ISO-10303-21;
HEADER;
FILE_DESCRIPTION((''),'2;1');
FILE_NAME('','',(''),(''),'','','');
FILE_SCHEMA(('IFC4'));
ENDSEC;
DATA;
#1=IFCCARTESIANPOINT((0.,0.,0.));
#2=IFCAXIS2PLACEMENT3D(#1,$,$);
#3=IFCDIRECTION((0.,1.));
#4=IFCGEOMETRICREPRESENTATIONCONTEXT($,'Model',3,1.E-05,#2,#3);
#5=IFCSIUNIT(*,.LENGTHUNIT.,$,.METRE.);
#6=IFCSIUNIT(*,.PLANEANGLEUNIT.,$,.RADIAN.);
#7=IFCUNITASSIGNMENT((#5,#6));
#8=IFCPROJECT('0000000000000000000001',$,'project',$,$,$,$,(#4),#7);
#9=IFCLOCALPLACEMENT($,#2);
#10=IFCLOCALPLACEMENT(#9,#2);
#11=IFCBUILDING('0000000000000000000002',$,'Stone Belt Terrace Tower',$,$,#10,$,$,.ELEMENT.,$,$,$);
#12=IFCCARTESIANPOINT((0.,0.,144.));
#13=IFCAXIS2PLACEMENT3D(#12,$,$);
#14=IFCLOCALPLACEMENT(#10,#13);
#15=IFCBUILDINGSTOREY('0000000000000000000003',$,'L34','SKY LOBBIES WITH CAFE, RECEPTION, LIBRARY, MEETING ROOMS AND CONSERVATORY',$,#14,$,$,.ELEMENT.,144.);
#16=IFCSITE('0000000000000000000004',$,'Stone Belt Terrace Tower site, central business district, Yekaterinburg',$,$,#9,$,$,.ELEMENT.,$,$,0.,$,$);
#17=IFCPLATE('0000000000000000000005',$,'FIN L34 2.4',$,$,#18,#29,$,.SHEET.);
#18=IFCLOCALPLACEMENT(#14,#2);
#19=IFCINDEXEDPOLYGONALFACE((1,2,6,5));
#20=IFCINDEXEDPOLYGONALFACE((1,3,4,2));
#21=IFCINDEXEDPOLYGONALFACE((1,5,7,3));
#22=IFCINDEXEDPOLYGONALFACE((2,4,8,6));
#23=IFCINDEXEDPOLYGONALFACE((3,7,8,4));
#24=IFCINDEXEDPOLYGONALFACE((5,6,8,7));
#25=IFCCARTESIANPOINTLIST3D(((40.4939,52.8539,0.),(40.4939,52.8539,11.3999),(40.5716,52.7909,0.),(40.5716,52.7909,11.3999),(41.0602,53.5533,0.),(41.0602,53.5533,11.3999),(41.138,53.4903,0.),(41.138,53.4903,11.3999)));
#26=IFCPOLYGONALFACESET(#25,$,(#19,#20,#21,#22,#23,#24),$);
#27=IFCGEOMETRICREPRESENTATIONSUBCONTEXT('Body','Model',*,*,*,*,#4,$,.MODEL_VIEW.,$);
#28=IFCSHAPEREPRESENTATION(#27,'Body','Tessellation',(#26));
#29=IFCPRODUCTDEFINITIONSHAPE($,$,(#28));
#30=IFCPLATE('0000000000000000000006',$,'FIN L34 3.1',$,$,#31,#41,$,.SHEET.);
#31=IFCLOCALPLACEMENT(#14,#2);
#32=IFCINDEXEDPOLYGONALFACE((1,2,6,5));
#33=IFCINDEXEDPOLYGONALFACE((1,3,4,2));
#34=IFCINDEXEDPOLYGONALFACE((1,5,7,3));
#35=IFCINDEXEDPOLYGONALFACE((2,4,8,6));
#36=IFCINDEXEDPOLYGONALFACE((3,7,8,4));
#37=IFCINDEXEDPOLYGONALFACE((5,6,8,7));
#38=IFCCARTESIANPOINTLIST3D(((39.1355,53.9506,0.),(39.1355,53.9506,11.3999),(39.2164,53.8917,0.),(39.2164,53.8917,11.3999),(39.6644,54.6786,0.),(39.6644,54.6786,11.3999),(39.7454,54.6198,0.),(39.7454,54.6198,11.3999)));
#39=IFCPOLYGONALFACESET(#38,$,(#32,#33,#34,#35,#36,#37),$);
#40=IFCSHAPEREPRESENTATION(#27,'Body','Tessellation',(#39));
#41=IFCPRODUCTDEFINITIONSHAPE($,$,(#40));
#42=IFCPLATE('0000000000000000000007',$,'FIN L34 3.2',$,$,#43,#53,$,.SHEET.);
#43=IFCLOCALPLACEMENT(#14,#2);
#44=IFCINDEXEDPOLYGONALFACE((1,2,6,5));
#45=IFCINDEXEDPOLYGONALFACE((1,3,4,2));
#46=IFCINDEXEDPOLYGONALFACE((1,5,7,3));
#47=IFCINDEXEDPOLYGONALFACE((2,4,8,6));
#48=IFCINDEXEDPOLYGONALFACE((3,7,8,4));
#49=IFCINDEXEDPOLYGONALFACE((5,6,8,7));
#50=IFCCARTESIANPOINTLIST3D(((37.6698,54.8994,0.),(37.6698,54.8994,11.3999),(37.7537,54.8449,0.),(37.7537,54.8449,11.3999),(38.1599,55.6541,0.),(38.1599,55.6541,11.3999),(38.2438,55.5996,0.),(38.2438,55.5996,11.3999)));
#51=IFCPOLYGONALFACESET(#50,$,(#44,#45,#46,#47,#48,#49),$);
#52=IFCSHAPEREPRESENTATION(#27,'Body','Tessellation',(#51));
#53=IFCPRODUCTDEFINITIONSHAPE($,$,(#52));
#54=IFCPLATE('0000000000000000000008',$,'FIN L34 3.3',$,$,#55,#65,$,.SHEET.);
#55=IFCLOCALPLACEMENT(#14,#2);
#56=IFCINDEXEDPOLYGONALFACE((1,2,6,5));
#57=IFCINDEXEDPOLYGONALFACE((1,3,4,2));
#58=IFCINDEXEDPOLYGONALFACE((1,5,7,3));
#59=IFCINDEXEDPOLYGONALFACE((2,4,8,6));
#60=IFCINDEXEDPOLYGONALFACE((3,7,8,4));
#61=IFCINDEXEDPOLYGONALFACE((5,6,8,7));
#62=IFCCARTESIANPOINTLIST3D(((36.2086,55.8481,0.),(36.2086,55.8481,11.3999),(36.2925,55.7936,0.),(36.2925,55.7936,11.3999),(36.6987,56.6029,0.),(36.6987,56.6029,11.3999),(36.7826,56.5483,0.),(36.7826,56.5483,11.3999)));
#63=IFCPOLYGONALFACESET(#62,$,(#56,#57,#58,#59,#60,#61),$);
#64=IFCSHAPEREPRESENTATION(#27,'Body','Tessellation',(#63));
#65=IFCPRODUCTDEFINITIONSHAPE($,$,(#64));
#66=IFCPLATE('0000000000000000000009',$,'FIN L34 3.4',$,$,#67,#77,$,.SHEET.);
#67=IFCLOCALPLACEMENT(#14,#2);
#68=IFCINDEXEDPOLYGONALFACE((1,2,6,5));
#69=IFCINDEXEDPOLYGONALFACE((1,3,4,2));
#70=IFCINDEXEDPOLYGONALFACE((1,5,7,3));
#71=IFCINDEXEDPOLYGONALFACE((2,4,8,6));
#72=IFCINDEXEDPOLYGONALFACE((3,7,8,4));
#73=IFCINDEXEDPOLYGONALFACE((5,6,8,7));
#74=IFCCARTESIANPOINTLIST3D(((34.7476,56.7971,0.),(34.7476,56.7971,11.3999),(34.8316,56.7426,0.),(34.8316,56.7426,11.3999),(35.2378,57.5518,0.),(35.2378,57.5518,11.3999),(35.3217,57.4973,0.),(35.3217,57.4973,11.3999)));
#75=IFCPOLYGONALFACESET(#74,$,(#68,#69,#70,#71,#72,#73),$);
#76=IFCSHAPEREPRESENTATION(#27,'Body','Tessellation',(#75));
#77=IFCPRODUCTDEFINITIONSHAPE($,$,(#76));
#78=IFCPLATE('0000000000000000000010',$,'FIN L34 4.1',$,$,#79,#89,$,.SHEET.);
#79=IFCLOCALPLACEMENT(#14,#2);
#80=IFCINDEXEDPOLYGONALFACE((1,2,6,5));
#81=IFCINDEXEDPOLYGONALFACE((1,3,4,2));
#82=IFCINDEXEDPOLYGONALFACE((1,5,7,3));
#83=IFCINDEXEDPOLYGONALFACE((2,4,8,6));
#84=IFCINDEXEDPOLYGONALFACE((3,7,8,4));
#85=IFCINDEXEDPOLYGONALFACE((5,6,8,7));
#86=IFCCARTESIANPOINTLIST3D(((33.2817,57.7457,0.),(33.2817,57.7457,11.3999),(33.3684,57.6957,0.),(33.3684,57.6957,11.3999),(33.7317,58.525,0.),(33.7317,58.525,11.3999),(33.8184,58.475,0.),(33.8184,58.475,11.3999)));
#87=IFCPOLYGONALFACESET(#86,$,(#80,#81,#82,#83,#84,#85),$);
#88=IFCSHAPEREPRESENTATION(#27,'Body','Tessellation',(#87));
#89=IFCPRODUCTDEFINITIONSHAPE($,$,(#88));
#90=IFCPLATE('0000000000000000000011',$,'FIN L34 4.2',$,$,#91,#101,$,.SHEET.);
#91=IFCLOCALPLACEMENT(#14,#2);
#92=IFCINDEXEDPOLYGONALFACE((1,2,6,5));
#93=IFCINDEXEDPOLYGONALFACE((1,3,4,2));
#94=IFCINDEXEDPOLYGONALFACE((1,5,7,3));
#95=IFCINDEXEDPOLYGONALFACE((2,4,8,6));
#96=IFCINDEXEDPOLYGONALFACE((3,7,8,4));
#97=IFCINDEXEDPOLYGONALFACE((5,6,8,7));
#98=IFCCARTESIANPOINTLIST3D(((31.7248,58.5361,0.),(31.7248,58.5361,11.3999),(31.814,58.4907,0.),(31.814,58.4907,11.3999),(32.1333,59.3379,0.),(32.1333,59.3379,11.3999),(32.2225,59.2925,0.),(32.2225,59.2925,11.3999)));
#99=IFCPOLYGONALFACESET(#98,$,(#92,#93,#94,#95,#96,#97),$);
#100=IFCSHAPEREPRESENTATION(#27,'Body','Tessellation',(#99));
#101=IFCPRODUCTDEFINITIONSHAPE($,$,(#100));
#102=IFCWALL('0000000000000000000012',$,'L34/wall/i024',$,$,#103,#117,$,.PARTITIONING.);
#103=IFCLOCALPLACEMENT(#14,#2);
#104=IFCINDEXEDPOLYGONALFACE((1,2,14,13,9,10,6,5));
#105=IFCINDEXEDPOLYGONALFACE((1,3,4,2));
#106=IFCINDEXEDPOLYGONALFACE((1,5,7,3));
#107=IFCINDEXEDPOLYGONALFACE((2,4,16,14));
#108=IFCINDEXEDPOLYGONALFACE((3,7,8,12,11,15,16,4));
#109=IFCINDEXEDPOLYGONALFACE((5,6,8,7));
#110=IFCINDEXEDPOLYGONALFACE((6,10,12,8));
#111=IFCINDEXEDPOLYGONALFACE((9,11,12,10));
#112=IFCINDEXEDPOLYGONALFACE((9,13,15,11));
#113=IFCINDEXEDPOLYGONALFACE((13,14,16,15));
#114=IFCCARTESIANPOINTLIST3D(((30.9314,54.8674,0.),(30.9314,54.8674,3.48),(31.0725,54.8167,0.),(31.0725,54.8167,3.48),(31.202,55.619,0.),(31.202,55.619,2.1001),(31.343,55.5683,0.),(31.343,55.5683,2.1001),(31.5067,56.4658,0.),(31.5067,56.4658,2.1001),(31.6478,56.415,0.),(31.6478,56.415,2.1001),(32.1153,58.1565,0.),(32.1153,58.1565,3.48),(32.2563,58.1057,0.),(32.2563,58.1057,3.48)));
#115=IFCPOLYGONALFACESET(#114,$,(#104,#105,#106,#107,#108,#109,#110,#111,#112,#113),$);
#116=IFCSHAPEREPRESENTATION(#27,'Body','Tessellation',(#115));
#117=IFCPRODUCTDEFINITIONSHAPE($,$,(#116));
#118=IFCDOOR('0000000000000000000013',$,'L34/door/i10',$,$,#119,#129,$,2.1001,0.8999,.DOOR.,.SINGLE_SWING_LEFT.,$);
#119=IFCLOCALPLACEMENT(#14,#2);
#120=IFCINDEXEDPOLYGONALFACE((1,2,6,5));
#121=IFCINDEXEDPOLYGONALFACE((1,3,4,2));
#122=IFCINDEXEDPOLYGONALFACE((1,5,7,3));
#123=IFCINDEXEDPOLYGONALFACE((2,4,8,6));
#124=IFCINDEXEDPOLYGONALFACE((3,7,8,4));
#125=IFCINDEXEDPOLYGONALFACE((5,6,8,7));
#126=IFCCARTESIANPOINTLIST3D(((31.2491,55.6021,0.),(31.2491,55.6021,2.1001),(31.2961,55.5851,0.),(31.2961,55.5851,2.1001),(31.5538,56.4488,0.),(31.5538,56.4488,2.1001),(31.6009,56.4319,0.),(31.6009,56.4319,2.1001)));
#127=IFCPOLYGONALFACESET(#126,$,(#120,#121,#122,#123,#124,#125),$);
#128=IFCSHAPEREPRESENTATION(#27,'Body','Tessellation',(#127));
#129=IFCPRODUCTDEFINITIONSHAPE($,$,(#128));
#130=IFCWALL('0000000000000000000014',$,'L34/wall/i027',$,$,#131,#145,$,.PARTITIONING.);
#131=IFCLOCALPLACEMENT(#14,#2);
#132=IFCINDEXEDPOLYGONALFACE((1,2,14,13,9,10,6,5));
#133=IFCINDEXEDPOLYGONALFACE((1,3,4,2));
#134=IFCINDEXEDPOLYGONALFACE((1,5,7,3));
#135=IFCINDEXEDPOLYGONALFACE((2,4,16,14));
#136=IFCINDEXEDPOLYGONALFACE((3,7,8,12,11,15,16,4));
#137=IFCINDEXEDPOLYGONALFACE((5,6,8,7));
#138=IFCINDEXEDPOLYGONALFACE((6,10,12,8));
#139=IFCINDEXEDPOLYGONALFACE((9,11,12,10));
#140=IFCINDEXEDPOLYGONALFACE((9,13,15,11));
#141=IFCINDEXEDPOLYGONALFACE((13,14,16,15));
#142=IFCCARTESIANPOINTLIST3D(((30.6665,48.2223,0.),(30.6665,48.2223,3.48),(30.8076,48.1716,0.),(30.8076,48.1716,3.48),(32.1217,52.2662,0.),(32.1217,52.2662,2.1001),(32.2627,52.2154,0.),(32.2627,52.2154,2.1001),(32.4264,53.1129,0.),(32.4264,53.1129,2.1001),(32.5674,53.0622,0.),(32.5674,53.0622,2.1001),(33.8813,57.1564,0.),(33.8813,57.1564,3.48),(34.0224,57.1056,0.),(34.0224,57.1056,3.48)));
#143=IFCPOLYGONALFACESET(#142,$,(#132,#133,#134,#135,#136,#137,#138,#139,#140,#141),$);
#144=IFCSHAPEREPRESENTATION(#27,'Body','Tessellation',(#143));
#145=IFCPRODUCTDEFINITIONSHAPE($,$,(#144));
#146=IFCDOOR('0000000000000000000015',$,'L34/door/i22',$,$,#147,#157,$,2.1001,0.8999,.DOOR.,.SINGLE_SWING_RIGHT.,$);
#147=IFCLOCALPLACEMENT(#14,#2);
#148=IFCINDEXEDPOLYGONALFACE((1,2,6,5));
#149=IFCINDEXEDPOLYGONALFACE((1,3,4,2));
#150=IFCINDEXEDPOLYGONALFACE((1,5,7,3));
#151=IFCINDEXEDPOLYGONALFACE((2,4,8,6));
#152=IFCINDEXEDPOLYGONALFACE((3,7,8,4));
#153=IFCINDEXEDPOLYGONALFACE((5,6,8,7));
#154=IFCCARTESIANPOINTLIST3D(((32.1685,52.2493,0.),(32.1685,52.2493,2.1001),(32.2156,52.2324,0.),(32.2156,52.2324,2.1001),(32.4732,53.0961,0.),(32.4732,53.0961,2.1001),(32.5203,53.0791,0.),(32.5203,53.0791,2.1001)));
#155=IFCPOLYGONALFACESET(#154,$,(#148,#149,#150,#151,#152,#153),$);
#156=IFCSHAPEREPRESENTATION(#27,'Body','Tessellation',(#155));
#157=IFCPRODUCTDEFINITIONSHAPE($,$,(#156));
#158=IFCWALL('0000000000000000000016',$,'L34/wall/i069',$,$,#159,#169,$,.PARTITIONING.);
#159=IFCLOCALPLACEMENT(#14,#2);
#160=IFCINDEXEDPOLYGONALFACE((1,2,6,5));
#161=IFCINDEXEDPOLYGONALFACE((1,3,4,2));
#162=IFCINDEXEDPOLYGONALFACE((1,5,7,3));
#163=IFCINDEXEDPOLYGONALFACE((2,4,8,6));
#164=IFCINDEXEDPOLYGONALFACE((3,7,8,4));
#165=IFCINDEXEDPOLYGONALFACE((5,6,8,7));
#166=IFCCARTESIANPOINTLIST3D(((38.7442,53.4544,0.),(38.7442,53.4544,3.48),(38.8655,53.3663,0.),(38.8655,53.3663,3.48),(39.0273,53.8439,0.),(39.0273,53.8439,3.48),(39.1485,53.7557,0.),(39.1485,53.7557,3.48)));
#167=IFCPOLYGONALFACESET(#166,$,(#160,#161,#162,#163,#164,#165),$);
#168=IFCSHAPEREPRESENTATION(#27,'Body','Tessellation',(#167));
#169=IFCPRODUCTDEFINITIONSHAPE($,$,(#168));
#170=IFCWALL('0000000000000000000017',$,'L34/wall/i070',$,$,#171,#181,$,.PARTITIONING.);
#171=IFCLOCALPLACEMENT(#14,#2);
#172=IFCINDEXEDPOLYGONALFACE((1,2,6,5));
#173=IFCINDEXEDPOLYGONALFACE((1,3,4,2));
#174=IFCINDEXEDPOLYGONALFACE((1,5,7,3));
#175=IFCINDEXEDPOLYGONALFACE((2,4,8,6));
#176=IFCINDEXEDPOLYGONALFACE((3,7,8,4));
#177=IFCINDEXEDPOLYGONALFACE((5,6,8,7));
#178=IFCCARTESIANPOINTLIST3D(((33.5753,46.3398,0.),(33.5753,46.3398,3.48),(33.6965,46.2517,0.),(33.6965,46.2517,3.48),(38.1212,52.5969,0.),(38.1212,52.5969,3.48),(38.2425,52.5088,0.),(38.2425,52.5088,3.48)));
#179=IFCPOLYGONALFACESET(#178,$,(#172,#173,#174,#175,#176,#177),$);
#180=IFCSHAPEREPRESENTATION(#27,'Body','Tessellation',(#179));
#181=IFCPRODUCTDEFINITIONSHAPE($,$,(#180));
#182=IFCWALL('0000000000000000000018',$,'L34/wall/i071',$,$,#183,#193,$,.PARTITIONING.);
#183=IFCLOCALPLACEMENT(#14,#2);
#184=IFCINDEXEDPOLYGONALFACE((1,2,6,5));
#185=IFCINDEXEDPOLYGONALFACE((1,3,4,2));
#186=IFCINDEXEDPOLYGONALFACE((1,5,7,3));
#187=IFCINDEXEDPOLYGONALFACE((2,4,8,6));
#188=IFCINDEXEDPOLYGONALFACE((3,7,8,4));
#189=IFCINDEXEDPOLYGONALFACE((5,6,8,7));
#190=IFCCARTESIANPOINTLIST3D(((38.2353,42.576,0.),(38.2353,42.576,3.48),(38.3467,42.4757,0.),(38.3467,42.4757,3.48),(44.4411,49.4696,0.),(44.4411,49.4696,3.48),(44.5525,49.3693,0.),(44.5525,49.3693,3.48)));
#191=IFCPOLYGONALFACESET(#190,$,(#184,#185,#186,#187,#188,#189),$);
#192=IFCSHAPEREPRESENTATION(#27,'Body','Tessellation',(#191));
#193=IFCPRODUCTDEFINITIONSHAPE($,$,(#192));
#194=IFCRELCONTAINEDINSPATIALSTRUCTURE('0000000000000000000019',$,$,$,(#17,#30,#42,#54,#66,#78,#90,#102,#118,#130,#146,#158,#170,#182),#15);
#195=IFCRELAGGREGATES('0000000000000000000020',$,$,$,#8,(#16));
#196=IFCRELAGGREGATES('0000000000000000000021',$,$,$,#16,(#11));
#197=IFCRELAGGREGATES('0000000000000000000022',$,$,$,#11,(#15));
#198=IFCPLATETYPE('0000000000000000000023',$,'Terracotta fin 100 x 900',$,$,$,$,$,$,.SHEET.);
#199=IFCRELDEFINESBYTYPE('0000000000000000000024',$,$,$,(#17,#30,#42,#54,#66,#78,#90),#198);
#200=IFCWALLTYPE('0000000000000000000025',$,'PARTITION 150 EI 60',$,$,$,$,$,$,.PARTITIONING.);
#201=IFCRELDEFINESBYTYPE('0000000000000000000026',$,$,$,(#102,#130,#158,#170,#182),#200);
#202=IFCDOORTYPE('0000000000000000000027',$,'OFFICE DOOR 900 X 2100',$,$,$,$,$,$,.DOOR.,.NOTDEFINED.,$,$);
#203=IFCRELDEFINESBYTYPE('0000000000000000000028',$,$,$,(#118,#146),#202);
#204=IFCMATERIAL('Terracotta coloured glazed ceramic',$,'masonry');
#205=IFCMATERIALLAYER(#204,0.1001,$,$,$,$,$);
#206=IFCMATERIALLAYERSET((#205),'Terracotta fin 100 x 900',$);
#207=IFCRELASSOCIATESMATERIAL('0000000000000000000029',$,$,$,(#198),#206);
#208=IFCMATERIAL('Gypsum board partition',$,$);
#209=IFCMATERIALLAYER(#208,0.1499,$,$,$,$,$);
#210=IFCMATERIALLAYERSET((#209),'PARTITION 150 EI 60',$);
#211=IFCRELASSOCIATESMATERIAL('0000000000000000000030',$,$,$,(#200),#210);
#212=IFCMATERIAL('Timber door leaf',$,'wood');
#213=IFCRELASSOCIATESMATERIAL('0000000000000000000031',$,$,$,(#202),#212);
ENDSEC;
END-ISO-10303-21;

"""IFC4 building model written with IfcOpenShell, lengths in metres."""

from ifc_helpers import new_model, si_unit, direction, frame, frame_2d, origin, origin_2d, place, context, subcontext, project, spatial, rectangle, extrude, material, layer, layer_set, type_object, element, fill, save


model = new_model("IFC4")

# Units and contexts
model_context = context("Model", 3, precision=1e-05, world=origin(), true_north=direction((0.0, 1.0)))
body_context = subcontext(model_context, "Body", "Model", "MODEL_VIEW")
ifc_project = project(units=[si_unit("LENGTHUNIT", "METRE"), si_unit("PLANEANGLEUNIT", "RADIAN")], contexts=[model_context])

# Site, building, storey
site_placement = place(None, origin())
site = spatial("IfcSite", under=ifc_project, at=site_placement, Name="Stone Belt Terrace Tower site, central business district, Yekaterinburg", CompositionType="ELEMENT", RefElevation=0.0)
building_placement = place(site_placement, origin())
building = spatial("IfcBuilding", under=site, at=building_placement, Name="Stone Belt Terrace Tower", CompositionType="ELEMENT")
storey_placement = place(building_placement, frame((0.0, 0.0, 144.0)))
storey = spatial("IfcBuildingStorey", under=building, at=storey_placement, Name="L34", Description="SKY LOBBIES WITH CAFE, RECEPTION, LIBRARY, MEETING ROOMS AND CONSERVATORY", CompositionType="ELEMENT", Elevation=144.0)

# Plates
ifc_material_1 = material(Name="Terracotta coloured glazed ceramic", Category="masonry")
ifc_layer_1 = layer(ifc_material_1, 0.1001)
ifc_layer_set_1 = layer_set([ifc_layer_1], Name="Terracotta fin 100 x 900")
plate_type_1 = type_object("IfcPlateType", Name="Terracotta fin 100 x 900", PredefinedType="SHEET", material=ifc_layer_set_1)
for number, where, z_axis, x_axis, name in (
    (1, (40.8159, 53.1721, 0.0), (0.0, 0.0, 1.0), (0.62932, 0.777146, 0.0), "FIN L34 2.4"),
    (2, (39.4404, 54.2852, 0.0), (0.0, 0.0, 1.0), (0.587785, 0.809017, 0.0), "FIN L34 3.1"),
    (3, (37.9568, 55.2495, 0.0), (0.0, 0.0, 1.0), (0.544639, 0.838671, 0.0), "FIN L34 3.2"),
    (4, (36.4956, 56.1982, 0.0), (0.0, 0.0, 1.0), (0.544639, 0.838671, 0.0), "FIN L34 3.3"),
    (5, (35.0347, 57.1472, 0.0), (0.0, 0.0, 1.0), (0.544639, 0.838671, 0.0), "FIN L34 3.4"),
    (6, (33.55, 58.1104, 0.0), (0.0, 0.0, 1.0), (0.5, 0.866025, 0.0), "FIN L34 4.1"),
    (7, (31.9736, 58.9143, 0.0), (0.0, 0.0, 1.0), (0.45399, 0.891007, 0.0), "FIN L34 4.2"),
):
    element("IfcPlate", number, at=place(storey_placement, frame(where, z_axis=z_axis, x_axis=x_axis)), inside=storey, type_object=plate_type_1, Name=name, PredefinedType="SHEET", context=body_context, shape_type="SweptSolid", body=[
        extrude(rectangle(XDim=0.8999, YDim=0.1001, at=origin_2d()), origin(), (0.0, 0.0, 1.0), 11.3999),
    ])

# Walls, openings, doors
ifc_material_2 = material(Name="Gypsum board partition")
ifc_layer_2 = layer(ifc_material_2, 0.1499)
ifc_layer_set_2 = layer_set([ifc_layer_2], Name="PARTITION 150 EI 60")
wall_type = type_object("IfcWallType", Name="PARTITION 150 EI 60", PredefinedType="PARTITIONING", material=ifc_layer_set_2)
wall_1_placement = place(storey_placement, frame((31.002, 54.842, 0.0), z_axis=(0.0, 0.0, 1.0), x_axis=(0.338663, 0.940908, 0.0)))
wall_1 = element("IfcWall", 8, at=wall_1_placement, inside=storey, type_object=wall_type, Name="L34/wall/i024", PredefinedType="PARTITIONING", context=body_context, shape_type="SweptSolid", body=[
    extrude(rectangle(XDim=3.4956, YDim=0.1499, at=frame_2d((1.7478, 0.0))), origin(), (0.0, 0.0, 1.0), 3.48),
])
opening_1_placement = place(wall_1_placement, frame((0.7988, 0.0, 0.0)))
opening_1 = element("IfcOpeningElement", 9, at=opening_1_placement, cuts=wall_1, PredefinedType="OPENING", context=body_context, shape_type="SweptSolid", body=[
    extrude(rectangle(XDim=0.8999, YDim=2.1001, at=frame_2d((0.45, 1.05))), frame((0.0, 0.085, 0.0), z_axis=(0.0, -1.0, 0.0), x_axis=(1.0, 0.0, 0.0)), (0.0, 0.0, 1.0), 0.1699),
])
ifc_material_3 = material(Name="Timber door leaf", Category="wood")
door_type = type_object("IfcDoorType", Name="OFFICE DOOR 900 X 2100", OperationType="NOTDEFINED", PredefinedType="DOOR", material=ifc_material_3)
door_1_placement = place(opening_1_placement, origin())
door_1 = element("IfcDoor", 10, at=door_1_placement, inside=storey, type_object=door_type, Name="L34/door/i10", OperationType="SINGLE_SWING_LEFT", OverallHeight=2.1001, OverallWidth=0.8999, PredefinedType="DOOR", context=body_context, shape_type="SweptSolid", body=[
    extrude(rectangle(XDim=0.8999, YDim=2.1001, at=frame_2d((0.45, 1.05))), frame((0.0, 0.0249, 0.0), z_axis=(0.0, -1.0, 0.0), x_axis=(1.0, 0.0, 0.0)), (0.0, 0.0, 1.0), 0.05),
])
fill(opening_1, door_1)
wall_2_placement = place(storey_placement, frame((33.9519, 57.1311, 0.0), z_axis=(0.0, 0.0, 1.0), x_axis=(-0.338587, -0.940935, 0.0)))
wall_2 = element("IfcWall", 11, at=wall_2_placement, inside=storey, type_object=wall_type, Name="L34/wall/i027", PredefinedType="PARTITIONING", context=body_context, shape_type="SweptSolid", body=[
    extrude(rectangle(XDim=9.4949, YDim=0.1499, at=frame_2d((4.7476, 0.0))), origin(), (0.0, 0.0, 1.0), 3.48),
])
opening_2_placement = place(wall_2_placement, frame((4.2974, 0.0, 0.0)))
opening_2 = element("IfcOpeningElement", 12, at=opening_2_placement, cuts=wall_2, PredefinedType="OPENING", context=body_context, shape_type="SweptSolid", body=[
    extrude(rectangle(XDim=0.8999, YDim=2.1001, at=frame_2d((0.45, 1.05))), frame((0.0, 0.085, 0.0), z_axis=(0.0, -1.0, 0.0), x_axis=(1.0, 0.0, 0.0)), (0.0, 0.0, 1.0), 0.1699),
])
door_2_placement = place(opening_2_placement, origin())
door_2 = element("IfcDoor", 13, at=door_2_placement, inside=storey, type_object=door_type, Name="L34/door/i22", OperationType="SINGLE_SWING_RIGHT", OverallHeight=2.1001, OverallWidth=0.8999, PredefinedType="DOOR", context=body_context, shape_type="SweptSolid", body=[
    extrude(rectangle(XDim=0.8999, YDim=2.1001, at=frame_2d((0.45, 1.05))), frame((0.0, 0.0249, 0.0), z_axis=(0.0, -1.0, 0.0), x_axis=(1.0, 0.0, 0.0)), (0.0, 0.0, 1.0), 0.05),
])
fill(opening_2, door_2)

# Walls
wall_3_placement = place(storey_placement, frame((39.0879, 53.7998, 0.0), z_axis=(0.0, 0.0, 1.0), x_axis=(-0.58784, -0.808977, 0.0)))
element("IfcWall", 14, at=wall_3_placement, inside=storey, type_object=wall_type, Name="L34/wall/i069", PredefinedType="PARTITIONING", context=body_context, shape_type="SweptSolid", body=[
    extrude(rectangle(XDim=0.4814, YDim=0.1499, at=frame_2d((0.2407, 0.0))), origin(), (0.0, 0.0, 1.0), 3.48),
])
wall_4_placement = place(storey_placement, frame((38.1819, 52.553, 0.0), z_axis=(0.0, 0.0, 1.0), x_axis=(-0.587774, -0.809025, 0.0)))
element("IfcWall", 15, at=wall_4_placement, inside=storey, type_object=wall_type, Name="L34/wall/i070", PredefinedType="PARTITIONING", context=body_context, shape_type="SweptSolid", body=[
    extrude(rectangle(XDim=7.7341, YDim=0.1499, at=frame_2d((3.8672, 0.0))), origin(), (0.0, 0.0, 1.0), 3.48),
])
wall_5_placement = place(storey_placement, frame((44.4968, 49.4194, 0.0), z_axis=(0.0, 0.0, 1.0), x_axis=(-0.669061, -0.743208, 0.0)))
element("IfcWall", 16, at=wall_5_placement, inside=storey, type_object=wall_type, Name="L34/wall/i071", PredefinedType="PARTITIONING", context=body_context, shape_type="SweptSolid", body=[
    extrude(rectangle(XDim=9.2754, YDim=0.1499, at=frame_2d((4.6377, 0.0))), origin(), (0.0, 0.0, 1.0), 3.48),
])

save(model, "model.ifc")
